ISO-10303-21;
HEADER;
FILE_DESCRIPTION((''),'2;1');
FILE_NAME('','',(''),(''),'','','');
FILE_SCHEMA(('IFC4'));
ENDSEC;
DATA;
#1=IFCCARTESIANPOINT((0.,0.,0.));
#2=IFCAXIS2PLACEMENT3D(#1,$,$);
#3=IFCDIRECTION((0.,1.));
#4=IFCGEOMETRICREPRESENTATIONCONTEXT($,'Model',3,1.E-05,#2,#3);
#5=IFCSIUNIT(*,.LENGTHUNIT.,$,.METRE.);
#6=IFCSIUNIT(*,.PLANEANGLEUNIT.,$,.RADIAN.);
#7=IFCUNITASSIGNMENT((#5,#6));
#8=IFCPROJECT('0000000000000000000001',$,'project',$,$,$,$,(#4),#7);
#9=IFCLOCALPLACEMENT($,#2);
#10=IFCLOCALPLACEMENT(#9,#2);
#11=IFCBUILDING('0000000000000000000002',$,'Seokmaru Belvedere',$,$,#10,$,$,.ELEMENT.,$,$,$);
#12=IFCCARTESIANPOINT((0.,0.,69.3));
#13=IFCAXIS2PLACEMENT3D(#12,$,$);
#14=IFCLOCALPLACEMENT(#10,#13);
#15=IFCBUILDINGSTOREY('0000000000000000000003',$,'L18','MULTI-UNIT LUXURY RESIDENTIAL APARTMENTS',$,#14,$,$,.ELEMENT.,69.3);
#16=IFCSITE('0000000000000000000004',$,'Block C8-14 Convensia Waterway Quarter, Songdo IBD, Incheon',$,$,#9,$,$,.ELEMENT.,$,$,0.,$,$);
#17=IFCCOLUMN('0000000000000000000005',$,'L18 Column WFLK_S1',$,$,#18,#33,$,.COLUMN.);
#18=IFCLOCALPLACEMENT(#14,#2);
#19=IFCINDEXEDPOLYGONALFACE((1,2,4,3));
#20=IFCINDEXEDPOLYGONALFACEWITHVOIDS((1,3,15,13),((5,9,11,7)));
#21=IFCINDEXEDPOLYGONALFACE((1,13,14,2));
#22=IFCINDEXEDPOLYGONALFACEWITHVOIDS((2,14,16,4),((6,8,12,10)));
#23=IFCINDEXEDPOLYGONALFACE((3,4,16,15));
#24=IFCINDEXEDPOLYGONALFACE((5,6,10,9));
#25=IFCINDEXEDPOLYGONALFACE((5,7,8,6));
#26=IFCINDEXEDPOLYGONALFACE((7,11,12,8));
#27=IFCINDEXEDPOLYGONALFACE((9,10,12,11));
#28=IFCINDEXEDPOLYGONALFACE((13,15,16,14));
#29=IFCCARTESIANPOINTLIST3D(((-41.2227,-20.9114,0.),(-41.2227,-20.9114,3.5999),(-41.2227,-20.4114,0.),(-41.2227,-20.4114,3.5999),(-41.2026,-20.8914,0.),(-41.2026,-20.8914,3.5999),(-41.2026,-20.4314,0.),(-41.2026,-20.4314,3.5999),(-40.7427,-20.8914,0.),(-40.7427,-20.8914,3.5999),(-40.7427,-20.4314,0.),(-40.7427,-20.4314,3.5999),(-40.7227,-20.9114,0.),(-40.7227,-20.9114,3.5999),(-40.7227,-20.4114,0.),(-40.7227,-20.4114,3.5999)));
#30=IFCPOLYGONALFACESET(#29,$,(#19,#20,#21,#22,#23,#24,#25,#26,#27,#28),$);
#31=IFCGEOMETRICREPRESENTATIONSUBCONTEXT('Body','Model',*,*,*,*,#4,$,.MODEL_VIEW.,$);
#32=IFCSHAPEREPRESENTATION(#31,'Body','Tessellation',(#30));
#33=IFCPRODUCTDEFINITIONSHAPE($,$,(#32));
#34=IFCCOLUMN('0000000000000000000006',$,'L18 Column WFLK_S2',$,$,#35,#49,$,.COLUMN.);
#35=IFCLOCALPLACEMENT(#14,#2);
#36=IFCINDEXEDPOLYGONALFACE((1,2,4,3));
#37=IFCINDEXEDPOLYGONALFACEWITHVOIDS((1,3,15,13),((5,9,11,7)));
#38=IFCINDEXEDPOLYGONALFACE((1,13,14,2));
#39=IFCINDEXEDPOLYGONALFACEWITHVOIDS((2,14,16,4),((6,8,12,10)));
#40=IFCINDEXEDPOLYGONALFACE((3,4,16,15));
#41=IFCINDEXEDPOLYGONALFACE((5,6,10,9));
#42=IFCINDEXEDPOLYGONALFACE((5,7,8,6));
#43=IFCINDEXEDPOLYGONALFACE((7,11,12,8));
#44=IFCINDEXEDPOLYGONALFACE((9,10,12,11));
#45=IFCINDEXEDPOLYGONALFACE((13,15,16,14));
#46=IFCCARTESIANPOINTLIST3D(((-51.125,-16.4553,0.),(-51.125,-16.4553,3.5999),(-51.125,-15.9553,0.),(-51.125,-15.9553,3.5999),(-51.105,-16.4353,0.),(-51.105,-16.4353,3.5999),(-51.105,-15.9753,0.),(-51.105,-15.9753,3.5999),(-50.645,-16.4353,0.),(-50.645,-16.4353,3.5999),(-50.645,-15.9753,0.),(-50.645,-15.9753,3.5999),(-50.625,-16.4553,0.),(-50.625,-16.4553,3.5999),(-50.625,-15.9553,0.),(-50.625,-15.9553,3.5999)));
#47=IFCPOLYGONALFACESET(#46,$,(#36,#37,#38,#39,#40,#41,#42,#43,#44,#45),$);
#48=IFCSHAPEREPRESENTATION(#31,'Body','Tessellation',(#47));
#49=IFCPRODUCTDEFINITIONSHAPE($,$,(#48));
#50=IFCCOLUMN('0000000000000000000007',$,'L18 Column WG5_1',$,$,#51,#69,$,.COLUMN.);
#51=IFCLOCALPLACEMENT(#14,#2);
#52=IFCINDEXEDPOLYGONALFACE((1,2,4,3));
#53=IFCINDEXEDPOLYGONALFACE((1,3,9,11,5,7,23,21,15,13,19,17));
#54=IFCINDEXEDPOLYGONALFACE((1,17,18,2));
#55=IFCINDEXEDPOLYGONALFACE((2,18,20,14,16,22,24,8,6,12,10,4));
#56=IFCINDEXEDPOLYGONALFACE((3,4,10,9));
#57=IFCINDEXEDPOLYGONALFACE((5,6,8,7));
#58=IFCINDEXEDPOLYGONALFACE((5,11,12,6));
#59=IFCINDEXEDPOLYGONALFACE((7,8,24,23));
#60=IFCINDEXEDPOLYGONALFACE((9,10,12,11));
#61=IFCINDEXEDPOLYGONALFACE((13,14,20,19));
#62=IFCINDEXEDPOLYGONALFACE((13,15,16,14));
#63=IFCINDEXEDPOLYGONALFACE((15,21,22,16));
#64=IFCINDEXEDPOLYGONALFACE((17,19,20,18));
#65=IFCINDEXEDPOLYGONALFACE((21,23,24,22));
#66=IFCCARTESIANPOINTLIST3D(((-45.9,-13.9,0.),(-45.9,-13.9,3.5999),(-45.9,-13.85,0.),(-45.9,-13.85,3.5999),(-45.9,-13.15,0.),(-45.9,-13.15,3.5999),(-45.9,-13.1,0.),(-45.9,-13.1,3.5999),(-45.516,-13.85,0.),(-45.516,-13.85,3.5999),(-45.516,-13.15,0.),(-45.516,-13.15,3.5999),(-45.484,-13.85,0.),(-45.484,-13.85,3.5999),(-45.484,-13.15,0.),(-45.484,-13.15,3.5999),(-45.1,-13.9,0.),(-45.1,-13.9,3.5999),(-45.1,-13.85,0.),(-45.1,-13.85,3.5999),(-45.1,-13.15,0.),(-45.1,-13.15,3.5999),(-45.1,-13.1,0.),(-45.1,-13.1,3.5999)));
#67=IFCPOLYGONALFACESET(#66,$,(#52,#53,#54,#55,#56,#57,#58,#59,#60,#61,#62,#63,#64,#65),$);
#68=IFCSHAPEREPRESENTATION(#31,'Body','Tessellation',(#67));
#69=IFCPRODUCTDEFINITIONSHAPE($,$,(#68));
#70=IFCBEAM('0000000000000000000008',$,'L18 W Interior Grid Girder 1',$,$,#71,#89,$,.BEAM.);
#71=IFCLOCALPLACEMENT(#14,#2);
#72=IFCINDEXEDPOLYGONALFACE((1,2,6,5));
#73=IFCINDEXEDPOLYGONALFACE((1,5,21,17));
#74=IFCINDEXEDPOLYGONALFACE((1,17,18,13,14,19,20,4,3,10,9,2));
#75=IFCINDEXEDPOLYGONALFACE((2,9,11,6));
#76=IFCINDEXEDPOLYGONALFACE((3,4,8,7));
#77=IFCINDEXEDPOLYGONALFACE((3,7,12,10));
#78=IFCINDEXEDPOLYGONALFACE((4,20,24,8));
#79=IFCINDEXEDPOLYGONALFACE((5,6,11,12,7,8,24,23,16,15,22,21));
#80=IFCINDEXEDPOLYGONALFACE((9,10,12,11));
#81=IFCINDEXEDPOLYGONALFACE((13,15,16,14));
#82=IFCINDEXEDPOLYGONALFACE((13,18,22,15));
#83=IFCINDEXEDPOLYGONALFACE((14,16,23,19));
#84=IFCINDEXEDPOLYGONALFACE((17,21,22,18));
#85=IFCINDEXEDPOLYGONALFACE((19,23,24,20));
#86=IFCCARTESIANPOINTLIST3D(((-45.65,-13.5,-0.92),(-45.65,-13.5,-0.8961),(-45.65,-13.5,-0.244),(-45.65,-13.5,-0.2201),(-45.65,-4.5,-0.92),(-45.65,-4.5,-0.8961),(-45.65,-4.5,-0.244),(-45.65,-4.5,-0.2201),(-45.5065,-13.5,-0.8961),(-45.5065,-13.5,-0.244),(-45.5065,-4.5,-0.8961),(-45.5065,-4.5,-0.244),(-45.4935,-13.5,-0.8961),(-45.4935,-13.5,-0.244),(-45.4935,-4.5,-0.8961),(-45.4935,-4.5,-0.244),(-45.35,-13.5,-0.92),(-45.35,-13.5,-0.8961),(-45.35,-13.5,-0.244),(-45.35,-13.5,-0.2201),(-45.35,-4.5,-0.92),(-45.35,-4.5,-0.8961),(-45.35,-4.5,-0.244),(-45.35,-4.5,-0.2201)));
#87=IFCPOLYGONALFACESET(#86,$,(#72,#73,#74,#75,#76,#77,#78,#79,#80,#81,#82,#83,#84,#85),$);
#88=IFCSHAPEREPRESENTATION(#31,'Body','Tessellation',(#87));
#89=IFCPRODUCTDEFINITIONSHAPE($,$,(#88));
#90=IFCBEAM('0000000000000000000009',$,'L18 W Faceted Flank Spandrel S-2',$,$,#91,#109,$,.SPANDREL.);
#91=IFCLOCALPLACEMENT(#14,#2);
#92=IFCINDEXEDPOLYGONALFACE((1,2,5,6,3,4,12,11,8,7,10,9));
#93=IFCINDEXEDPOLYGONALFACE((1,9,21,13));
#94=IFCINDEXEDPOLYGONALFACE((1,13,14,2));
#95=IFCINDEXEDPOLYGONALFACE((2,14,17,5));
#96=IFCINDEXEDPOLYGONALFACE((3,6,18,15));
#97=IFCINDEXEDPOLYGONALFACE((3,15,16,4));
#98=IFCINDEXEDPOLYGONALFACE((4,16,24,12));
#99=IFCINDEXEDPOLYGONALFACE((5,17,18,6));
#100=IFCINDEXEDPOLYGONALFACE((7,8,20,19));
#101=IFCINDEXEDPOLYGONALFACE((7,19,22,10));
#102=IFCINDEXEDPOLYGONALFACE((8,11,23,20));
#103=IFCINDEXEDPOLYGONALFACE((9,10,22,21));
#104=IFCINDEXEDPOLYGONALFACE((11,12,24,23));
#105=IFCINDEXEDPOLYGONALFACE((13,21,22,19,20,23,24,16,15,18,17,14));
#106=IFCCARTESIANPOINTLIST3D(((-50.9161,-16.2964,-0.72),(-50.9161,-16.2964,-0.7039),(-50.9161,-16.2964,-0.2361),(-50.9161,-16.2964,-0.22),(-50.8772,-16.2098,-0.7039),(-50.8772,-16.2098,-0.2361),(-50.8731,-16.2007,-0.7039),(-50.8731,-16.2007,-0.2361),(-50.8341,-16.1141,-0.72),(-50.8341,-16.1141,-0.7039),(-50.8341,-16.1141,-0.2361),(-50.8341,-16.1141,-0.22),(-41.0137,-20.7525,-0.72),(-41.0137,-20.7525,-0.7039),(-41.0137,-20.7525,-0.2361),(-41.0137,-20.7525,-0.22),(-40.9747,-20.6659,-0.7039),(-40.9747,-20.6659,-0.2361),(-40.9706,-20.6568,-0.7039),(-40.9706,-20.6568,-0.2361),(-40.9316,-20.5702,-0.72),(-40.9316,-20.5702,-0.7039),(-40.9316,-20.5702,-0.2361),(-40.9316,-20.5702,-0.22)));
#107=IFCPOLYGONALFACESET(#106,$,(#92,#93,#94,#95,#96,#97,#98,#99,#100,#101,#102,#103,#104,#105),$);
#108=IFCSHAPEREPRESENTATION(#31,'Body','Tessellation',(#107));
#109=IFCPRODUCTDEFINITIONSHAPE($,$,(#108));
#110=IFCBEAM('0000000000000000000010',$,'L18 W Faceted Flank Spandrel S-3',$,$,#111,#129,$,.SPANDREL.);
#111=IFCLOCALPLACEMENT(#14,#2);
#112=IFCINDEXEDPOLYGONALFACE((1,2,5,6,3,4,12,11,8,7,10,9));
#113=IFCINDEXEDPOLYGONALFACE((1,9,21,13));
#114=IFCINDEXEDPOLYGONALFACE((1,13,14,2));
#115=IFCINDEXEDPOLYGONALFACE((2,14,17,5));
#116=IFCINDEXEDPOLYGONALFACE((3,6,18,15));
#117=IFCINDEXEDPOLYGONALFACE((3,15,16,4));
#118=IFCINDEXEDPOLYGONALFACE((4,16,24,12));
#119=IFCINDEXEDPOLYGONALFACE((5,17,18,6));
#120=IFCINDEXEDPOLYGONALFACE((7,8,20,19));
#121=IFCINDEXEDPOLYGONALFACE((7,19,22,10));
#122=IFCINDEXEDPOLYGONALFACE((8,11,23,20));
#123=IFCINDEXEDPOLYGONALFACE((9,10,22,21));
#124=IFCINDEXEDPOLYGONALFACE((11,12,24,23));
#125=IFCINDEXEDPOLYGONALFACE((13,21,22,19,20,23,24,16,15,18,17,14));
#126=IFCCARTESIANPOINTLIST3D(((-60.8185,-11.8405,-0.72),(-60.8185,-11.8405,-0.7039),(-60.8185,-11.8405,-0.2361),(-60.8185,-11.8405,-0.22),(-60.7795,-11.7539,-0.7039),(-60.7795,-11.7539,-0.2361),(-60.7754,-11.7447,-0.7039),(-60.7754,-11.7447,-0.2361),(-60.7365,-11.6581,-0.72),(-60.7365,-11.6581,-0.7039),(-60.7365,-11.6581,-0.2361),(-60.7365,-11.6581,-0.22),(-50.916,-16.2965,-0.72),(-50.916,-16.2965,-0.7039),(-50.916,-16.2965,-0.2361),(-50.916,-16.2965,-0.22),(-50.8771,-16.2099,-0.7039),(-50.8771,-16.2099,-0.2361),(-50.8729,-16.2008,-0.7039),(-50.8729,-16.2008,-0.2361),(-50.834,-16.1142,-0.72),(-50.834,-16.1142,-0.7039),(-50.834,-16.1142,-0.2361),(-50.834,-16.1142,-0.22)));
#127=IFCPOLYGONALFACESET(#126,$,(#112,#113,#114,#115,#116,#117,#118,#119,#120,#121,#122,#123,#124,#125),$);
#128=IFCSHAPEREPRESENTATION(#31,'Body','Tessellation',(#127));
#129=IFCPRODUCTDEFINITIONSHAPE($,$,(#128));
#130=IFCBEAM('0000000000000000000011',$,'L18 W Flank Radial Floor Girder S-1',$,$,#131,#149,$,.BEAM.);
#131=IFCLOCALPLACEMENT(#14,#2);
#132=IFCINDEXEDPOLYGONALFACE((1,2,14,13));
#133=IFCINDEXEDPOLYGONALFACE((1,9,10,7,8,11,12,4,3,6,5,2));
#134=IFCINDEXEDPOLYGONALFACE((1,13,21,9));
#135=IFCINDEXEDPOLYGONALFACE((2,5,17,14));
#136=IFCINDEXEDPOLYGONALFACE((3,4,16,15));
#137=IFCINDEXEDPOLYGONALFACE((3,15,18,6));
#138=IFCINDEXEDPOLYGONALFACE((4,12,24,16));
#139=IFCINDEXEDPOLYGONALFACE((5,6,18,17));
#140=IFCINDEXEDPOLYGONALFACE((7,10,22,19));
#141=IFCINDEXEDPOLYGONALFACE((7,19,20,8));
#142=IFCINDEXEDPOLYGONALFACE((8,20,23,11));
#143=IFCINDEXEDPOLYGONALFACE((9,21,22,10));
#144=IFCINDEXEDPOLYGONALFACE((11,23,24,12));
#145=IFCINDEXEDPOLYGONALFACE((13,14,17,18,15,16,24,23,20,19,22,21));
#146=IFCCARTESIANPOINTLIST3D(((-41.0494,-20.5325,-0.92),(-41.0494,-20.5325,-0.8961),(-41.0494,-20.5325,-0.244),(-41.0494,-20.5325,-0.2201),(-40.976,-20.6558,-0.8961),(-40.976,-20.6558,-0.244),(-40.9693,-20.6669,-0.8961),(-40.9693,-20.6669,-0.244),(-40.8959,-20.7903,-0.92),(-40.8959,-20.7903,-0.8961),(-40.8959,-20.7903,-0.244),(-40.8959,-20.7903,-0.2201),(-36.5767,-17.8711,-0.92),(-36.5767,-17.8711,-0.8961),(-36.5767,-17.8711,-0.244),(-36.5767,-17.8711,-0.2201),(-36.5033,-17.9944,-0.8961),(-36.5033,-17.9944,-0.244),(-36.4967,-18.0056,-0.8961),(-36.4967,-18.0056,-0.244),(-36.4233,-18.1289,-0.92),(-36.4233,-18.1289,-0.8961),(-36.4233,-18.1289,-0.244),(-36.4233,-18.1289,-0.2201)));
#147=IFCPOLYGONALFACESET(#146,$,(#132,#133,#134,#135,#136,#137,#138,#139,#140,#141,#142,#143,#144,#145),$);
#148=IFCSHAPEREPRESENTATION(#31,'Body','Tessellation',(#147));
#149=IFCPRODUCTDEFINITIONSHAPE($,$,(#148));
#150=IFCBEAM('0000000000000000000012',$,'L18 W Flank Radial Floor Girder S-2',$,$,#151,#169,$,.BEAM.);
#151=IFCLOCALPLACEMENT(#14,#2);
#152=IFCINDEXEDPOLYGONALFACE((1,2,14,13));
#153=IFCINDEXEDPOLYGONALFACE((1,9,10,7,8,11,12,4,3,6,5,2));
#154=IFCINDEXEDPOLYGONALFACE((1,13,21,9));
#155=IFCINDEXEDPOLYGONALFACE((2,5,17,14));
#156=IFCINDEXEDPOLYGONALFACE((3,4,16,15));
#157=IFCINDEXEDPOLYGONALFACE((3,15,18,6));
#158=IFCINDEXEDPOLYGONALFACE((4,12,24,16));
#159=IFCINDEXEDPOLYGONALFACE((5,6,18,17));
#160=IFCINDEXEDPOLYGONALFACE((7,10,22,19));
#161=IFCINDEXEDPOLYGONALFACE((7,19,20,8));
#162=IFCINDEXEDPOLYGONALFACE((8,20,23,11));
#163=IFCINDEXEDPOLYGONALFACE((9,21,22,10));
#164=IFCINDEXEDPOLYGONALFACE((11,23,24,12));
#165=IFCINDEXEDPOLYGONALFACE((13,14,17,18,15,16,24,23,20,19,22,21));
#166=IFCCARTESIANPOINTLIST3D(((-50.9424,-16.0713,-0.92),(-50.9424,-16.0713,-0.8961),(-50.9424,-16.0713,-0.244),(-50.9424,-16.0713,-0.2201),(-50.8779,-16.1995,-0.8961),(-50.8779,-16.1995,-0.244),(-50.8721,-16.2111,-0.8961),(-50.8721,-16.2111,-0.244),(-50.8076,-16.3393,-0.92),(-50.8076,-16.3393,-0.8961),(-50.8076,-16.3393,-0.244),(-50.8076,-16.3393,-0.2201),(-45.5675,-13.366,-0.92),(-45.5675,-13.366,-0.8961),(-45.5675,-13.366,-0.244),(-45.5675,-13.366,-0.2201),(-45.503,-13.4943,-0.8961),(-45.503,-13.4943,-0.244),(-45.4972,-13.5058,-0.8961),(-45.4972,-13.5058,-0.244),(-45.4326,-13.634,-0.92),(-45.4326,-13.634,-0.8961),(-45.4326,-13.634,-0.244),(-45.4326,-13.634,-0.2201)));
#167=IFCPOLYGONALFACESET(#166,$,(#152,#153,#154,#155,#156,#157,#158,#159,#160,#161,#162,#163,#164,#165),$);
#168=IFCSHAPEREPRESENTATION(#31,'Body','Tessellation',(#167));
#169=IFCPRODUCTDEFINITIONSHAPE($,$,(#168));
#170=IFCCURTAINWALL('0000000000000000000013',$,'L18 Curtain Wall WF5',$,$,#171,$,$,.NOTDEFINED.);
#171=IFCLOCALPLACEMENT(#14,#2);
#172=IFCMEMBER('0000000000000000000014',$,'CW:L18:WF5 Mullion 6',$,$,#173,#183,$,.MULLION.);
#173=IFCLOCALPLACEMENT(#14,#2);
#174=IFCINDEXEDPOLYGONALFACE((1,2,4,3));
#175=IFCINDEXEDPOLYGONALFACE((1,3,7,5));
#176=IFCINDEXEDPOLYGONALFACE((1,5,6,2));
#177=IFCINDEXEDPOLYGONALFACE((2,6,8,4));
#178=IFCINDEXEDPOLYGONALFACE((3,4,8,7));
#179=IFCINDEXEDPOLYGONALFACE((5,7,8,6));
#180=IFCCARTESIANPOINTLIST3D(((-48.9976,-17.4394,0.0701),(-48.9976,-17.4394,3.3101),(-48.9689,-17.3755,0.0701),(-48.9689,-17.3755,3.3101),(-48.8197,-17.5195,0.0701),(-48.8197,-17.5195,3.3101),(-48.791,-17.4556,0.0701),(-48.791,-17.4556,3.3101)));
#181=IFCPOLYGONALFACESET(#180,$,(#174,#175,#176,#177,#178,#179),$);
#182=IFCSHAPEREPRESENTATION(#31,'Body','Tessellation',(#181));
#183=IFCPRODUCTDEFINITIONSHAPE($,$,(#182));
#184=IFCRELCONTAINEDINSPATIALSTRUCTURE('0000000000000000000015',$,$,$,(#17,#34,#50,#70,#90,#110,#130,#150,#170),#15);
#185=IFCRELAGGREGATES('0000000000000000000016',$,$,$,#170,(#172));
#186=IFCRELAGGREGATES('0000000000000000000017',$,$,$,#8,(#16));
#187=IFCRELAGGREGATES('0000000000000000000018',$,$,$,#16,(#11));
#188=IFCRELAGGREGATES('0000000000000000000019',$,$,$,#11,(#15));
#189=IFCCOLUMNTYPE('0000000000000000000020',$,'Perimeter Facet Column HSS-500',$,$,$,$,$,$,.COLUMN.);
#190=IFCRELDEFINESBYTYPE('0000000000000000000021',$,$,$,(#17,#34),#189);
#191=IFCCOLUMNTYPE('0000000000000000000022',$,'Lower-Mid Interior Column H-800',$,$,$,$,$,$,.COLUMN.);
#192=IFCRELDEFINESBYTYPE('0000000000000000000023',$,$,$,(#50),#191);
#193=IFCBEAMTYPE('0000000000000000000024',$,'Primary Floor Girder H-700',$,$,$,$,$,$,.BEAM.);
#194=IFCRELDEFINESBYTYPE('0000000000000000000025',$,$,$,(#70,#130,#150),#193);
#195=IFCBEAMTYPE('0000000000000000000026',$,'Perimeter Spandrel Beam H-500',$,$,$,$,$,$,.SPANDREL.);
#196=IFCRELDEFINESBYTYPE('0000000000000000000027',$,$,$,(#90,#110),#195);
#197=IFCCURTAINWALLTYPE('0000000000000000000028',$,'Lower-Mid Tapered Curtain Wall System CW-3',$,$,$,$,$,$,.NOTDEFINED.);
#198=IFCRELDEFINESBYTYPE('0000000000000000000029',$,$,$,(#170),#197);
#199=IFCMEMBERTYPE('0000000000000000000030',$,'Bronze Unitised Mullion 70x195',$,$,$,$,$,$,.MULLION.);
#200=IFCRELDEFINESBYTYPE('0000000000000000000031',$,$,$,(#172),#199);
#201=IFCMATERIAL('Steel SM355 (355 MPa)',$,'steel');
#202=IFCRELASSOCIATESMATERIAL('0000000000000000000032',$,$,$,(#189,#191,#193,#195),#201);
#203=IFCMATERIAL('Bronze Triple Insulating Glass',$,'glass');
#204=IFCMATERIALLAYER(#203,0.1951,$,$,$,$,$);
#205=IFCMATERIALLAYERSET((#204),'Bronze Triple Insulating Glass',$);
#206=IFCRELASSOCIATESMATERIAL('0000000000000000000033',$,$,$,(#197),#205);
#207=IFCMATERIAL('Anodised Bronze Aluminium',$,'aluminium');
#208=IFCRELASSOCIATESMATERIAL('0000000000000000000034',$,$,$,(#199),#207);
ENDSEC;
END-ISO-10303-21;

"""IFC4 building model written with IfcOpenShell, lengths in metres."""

from ifc_helpers import new_model, si_unit, direction, frame, origin, origin_2d, place, context, subcontext, project, spatial, rectangle, hollow_rectangle, i_section, extrude, source, transform, mapped, material, layer, layer_set, material_profile, profile_set, type_object, type_shapes, element, aggregate, save


model = new_model("IFC4")

# Units and contexts
model_context = context("Model", 3, precision=1e-05, world=origin(), true_north=direction((0.0, 1.0)))
body_context = subcontext(model_context, "Body", "Model", "MODEL_VIEW")
ifc_project = project(units=[si_unit("LENGTHUNIT", "METRE"), si_unit("PLANEANGLEUNIT", "RADIAN")], contexts=[model_context])

# Site, building, storey
site_placement = place(None, origin())
site = spatial("IfcSite", under=ifc_project, at=site_placement, Name="Block C8-14 Convensia Waterway Quarter, Songdo IBD, Incheon", CompositionType="ELEMENT", RefElevation=0.0)
building_placement = place(site_placement, origin())
building = spatial("IfcBuilding", under=site, at=building_placement, Name="Seokmaru Belvedere", CompositionType="ELEMENT")
storey_placement = place(building_placement, frame((0.0, 0.0, 69.3)))
storey = spatial("IfcBuildingStorey", under=building, at=storey_placement, Name="L18", Description="MULTI-UNIT LUXURY RESIDENTIAL APARTMENTS", CompositionType="ELEMENT", Elevation=69.3)

# Columns
ifc_material_1 = material(Name="Steel SM355 (355 MPa)", Category="steel")
ifc_material_profile_1 = material_profile(ifc_material_1, hollow_rectangle(XDim=0.5, YDim=0.5, WallThickness=0.02, at=origin_2d()), Name="HSS-500x500x20")
ifc_profile_set_1 = profile_set([ifc_material_profile_1], Name="Steel SM355 (355 MPa)")
column_type_1 = type_object("IfcColumnType", Name="Perimeter Facet Column HSS-500", PredefinedType="COLUMN", material=ifc_profile_set_1)
shared_shape_1 = source(origin(), body_context, "Body", "SweptSolid", [
    extrude(hollow_rectangle(XDim=0.5, YDim=0.5, WallThickness=0.02, at=origin_2d()), origin(), (0.0, 0.0, 1.0), 3.5999),
])
type_shapes(column_type_1, [shared_shape_1])
for number, where, z_axis, x_axis, name in (
    (1, (-40.9727, -20.6614, 0.0), (0.0, 0.0, 1.0), (1.0, 0.0, 0.0), "L18 Column WFLK_S1"),
    (2, (-50.875, -16.2053, 0.0), (0.0, 0.0, 1.0), (1.0, 0.0, 0.0), "L18 Column WFLK_S2"),
):
    element("IfcColumn", number, at=place(storey_placement, frame(where, z_axis=z_axis, x_axis=x_axis)), inside=storey, type_object=column_type_1, Name=name, PredefinedType="COLUMN", context=body_context, shape_type="MappedRepresentation", body=[
        mapped(shared_shape_1, transform((0.0, 0.0, 0.0), scale=1.0)),
    ])
ifc_material_profile_2 = material_profile(ifc_material_1, i_section(OverallWidth=0.8, OverallDepth=0.8, WebThickness=0.032, FlangeThickness=0.05, at=origin_2d()), Name="H-800x800x32x50")
ifc_profile_set_2 = profile_set([ifc_material_profile_2], Name="Steel SM355 (355 MPa)")
column_type_2 = type_object("IfcColumnType", Name="Lower-Mid Interior Column H-800", PredefinedType="COLUMN", material=ifc_profile_set_2)
shared_shape_2 = source(origin(), body_context, "Body", "SweptSolid", [
    extrude(i_section(OverallWidth=0.8, OverallDepth=0.8, WebThickness=0.032, FlangeThickness=0.05, at=origin_2d()), origin(), (0.0, 0.0, 1.0), 3.5999),
])
type_shapes(column_type_2, [shared_shape_2])
column_placement = place(storey_placement, frame((-45.5, -13.5, 0.0), z_axis=(0.0, 0.0, 1.0), x_axis=(1.0, 0.0, 0.0)))
element("IfcColumn", 3, at=column_placement, inside=storey, type_object=column_type_2, Name="L18 Column WG5_1", PredefinedType="COLUMN", context=body_context, shape_type="MappedRepresentation", body=[
    mapped(shared_shape_2, transform((0.0, 0.0, 0.0), scale=1.0)),
])

# Beams
ifc_material_profile_3 = material_profile(ifc_material_1, i_section(OverallWidth=0.3, OverallDepth=0.7, WebThickness=0.0129, FlangeThickness=0.0239, at=origin_2d()), Name="H-700x300x13x24")
ifc_profile_set_3 = profile_set([ifc_material_profile_3], Name="Steel SM355 (355 MPa)")
beam_type_1 = type_object("IfcBeamType", Name="Primary Floor Girder H-700", PredefinedType="BEAM", material=ifc_profile_set_3)
shared_shape_3 = source(origin(), body_context, "Body", "SweptSolid", [
    extrude(i_section(OverallWidth=0.3, OverallDepth=0.7, WebThickness=0.0129, FlangeThickness=0.0239, at=origin_2d()), origin(), (0.0, 0.0, 1.0), 9.0),
])
beam_1_placement = place(storey_placement, frame((-45.5, -13.5, -0.5701), z_axis=(0.0, 1.0, 0.0), x_axis=(-1.0, 0.0, 0.0)))
element("IfcBeam", 4, at=beam_1_placement, inside=storey, type_object=beam_type_1, Name="L18 W Interior Grid Girder 1", PredefinedType="BEAM", context=body_context, shape_type="MappedRepresentation", body=[
    mapped(shared_shape_3, transform((0.0, 0.0, 0.0), scale=1.0)),
])
ifc_material_profile_4 = material_profile(ifc_material_1, i_section(OverallWidth=0.2, OverallDepth=0.5, WebThickness=0.01, FlangeThickness=0.0161, at=origin_2d()), Name="H-500x200x10x16")
ifc_profile_set_4 = profile_set([ifc_material_profile_4], Name="Steel SM355 (355 MPa)")
beam_type_2 = type_object("IfcBeamType", Name="Perimeter Spandrel Beam H-500", PredefinedType="SPANDREL", material=ifc_profile_set_4)
shared_shape_4 = source(origin(), body_context, "Body", "SweptSolid", [
    extrude(i_section(OverallWidth=0.2, OverallDepth=0.5, WebThickness=0.01, FlangeThickness=0.0161, at=origin_2d()), origin(), (0.0, 0.0, 1.0), 10.8589),
])
type_shapes(beam_type_2, [shared_shape_4])
for number, where, z_axis, x_axis, name in (
    (5, (-40.9727, -20.6614, -0.47), (-0.911922, 0.410365, 0.0), (-0.410365, -0.911922, 0.0), "L18 W Faceted Flank Spandrel S-2"),
    (6, (-50.875, -16.2053, -0.47), (-0.911925, 0.410356, 0.0), (-0.410356, -0.911925, 0.0), "L18 W Faceted Flank Spandrel S-3"),
):
    element("IfcBeam", number, at=place(storey_placement, frame(where, z_axis=z_axis, x_axis=x_axis)), inside=storey, type_object=beam_type_2, Name=name, PredefinedType="SPANDREL", context=body_context, shape_type="MappedRepresentation", body=[
        mapped(shared_shape_4, transform((0.0, 0.0, 0.0), scale=1.0)),
    ])
shared_shape_5 = source(origin(), body_context, "Body", "SweptSolid", [
    extrude(i_section(OverallWidth=0.3, OverallDepth=0.7, WebThickness=0.0129, FlangeThickness=0.0239, at=origin_2d()), origin(), (0.0, 0.0, 1.0), 5.2046),
])
beam_2_placement = place(storey_placement, frame((-40.9727, -20.6614, -0.5701), z_axis=(0.85937, 0.511354, 0.0), x_axis=(-0.511354, 0.85937, 0.0)))
element("IfcBeam", 7, at=beam_2_placement, inside=storey, type_object=beam_type_1, Name="L18 W Flank Radial Floor Girder S-1", PredefinedType="BEAM", context=body_context, shape_type="MappedRepresentation", body=[
    mapped(shared_shape_5, transform((0.0, 0.0, 0.0), scale=1.0)),
])
shared_shape_6 = source(origin(), body_context, "Body", "SweptSolid", [
    extrude(i_section(OverallWidth=0.3, OverallDepth=0.7, WebThickness=0.0129, FlangeThickness=0.0239, at=origin_2d()), origin(), (0.0, 0.0, 1.0), 6.0173),
])
type_shapes(beam_type_1, [shared_shape_3, shared_shape_5, shared_shape_6])
beam_3_placement = place(storey_placement, frame((-50.875, -16.2053, -0.5701), z_axis=(0.893239, 0.449581, 0.0), x_axis=(-0.449581, 0.893239, 0.0)))
element("IfcBeam", 8, at=beam_3_placement, inside=storey, type_object=beam_type_1, Name="L18 W Flank Radial Floor Girder S-2", PredefinedType="BEAM", context=body_context, shape_type="MappedRepresentation", body=[
    mapped(shared_shape_6, transform((0.0, 0.0, 0.0), scale=1.0)),
])

# Curtain wall, member
ifc_material_2 = material(Name="Bronze Triple Insulating Glass", Category="glass")
ifc_layer_1 = layer(ifc_material_2, 0.1951)
ifc_layer_set_1 = layer_set([ifc_layer_1], Name="Bronze Triple Insulating Glass")
curtain_wall_type = type_object("IfcCurtainWallType", Name="Lower-Mid Tapered Curtain Wall System CW-3", PredefinedType="NOTDEFINED", material=ifc_layer_set_1)
curtain_wall_placement = place(storey_placement, origin())
curtain_wall = element("IfcCurtainWall", 9, at=curtain_wall_placement, inside=storey, type_object=curtain_wall_type, Name="L18 Curtain Wall WF5", PredefinedType="NOTDEFINED")
ifc_material_3 = material(Name="Anodised Bronze Aluminium", Category="aluminium")
ifc_material_profile_5 = material_profile(ifc_material_3, rectangle(XDim=0.0701, YDim=0.1951, at=origin_2d()), Name="CW-M-70x195")
ifc_profile_set_5 = profile_set([ifc_material_profile_5], Name="Anodised Bronze Aluminium")
member_type = type_object("IfcMemberType", Name="Bronze Unitised Mullion 70x195", PredefinedType="MULLION", material=ifc_profile_set_5)
shared_shape_7 = source(origin(), body_context, "Body", "SweptSolid", [
    extrude(rectangle(XDim=0.0701, YDim=0.1951, at=origin_2d()), origin(), (0.0, 0.0, 1.0), 3.24),
])
type_shapes(member_type, [shared_shape_7])
member_1_placement = place(storey_placement, frame((-48.8943, -17.4475, 0.0701), z_axis=(0.0, 0.0, 1.0), x_axis=(0.410366, 0.911921, 0.0)))
member_1 = element("IfcMember", 10, at=member_1_placement, type_object=member_type, Name="CW:L18:WF5 Mullion 6", PredefinedType="MULLION", context=body_context, shape_type="MappedRepresentation", body=[
    mapped(shared_shape_7, transform((0.0, 0.0, 0.0), scale=1.0)),
])
aggregate(curtain_wall, [member_1])

save(model, "model.ifc")
